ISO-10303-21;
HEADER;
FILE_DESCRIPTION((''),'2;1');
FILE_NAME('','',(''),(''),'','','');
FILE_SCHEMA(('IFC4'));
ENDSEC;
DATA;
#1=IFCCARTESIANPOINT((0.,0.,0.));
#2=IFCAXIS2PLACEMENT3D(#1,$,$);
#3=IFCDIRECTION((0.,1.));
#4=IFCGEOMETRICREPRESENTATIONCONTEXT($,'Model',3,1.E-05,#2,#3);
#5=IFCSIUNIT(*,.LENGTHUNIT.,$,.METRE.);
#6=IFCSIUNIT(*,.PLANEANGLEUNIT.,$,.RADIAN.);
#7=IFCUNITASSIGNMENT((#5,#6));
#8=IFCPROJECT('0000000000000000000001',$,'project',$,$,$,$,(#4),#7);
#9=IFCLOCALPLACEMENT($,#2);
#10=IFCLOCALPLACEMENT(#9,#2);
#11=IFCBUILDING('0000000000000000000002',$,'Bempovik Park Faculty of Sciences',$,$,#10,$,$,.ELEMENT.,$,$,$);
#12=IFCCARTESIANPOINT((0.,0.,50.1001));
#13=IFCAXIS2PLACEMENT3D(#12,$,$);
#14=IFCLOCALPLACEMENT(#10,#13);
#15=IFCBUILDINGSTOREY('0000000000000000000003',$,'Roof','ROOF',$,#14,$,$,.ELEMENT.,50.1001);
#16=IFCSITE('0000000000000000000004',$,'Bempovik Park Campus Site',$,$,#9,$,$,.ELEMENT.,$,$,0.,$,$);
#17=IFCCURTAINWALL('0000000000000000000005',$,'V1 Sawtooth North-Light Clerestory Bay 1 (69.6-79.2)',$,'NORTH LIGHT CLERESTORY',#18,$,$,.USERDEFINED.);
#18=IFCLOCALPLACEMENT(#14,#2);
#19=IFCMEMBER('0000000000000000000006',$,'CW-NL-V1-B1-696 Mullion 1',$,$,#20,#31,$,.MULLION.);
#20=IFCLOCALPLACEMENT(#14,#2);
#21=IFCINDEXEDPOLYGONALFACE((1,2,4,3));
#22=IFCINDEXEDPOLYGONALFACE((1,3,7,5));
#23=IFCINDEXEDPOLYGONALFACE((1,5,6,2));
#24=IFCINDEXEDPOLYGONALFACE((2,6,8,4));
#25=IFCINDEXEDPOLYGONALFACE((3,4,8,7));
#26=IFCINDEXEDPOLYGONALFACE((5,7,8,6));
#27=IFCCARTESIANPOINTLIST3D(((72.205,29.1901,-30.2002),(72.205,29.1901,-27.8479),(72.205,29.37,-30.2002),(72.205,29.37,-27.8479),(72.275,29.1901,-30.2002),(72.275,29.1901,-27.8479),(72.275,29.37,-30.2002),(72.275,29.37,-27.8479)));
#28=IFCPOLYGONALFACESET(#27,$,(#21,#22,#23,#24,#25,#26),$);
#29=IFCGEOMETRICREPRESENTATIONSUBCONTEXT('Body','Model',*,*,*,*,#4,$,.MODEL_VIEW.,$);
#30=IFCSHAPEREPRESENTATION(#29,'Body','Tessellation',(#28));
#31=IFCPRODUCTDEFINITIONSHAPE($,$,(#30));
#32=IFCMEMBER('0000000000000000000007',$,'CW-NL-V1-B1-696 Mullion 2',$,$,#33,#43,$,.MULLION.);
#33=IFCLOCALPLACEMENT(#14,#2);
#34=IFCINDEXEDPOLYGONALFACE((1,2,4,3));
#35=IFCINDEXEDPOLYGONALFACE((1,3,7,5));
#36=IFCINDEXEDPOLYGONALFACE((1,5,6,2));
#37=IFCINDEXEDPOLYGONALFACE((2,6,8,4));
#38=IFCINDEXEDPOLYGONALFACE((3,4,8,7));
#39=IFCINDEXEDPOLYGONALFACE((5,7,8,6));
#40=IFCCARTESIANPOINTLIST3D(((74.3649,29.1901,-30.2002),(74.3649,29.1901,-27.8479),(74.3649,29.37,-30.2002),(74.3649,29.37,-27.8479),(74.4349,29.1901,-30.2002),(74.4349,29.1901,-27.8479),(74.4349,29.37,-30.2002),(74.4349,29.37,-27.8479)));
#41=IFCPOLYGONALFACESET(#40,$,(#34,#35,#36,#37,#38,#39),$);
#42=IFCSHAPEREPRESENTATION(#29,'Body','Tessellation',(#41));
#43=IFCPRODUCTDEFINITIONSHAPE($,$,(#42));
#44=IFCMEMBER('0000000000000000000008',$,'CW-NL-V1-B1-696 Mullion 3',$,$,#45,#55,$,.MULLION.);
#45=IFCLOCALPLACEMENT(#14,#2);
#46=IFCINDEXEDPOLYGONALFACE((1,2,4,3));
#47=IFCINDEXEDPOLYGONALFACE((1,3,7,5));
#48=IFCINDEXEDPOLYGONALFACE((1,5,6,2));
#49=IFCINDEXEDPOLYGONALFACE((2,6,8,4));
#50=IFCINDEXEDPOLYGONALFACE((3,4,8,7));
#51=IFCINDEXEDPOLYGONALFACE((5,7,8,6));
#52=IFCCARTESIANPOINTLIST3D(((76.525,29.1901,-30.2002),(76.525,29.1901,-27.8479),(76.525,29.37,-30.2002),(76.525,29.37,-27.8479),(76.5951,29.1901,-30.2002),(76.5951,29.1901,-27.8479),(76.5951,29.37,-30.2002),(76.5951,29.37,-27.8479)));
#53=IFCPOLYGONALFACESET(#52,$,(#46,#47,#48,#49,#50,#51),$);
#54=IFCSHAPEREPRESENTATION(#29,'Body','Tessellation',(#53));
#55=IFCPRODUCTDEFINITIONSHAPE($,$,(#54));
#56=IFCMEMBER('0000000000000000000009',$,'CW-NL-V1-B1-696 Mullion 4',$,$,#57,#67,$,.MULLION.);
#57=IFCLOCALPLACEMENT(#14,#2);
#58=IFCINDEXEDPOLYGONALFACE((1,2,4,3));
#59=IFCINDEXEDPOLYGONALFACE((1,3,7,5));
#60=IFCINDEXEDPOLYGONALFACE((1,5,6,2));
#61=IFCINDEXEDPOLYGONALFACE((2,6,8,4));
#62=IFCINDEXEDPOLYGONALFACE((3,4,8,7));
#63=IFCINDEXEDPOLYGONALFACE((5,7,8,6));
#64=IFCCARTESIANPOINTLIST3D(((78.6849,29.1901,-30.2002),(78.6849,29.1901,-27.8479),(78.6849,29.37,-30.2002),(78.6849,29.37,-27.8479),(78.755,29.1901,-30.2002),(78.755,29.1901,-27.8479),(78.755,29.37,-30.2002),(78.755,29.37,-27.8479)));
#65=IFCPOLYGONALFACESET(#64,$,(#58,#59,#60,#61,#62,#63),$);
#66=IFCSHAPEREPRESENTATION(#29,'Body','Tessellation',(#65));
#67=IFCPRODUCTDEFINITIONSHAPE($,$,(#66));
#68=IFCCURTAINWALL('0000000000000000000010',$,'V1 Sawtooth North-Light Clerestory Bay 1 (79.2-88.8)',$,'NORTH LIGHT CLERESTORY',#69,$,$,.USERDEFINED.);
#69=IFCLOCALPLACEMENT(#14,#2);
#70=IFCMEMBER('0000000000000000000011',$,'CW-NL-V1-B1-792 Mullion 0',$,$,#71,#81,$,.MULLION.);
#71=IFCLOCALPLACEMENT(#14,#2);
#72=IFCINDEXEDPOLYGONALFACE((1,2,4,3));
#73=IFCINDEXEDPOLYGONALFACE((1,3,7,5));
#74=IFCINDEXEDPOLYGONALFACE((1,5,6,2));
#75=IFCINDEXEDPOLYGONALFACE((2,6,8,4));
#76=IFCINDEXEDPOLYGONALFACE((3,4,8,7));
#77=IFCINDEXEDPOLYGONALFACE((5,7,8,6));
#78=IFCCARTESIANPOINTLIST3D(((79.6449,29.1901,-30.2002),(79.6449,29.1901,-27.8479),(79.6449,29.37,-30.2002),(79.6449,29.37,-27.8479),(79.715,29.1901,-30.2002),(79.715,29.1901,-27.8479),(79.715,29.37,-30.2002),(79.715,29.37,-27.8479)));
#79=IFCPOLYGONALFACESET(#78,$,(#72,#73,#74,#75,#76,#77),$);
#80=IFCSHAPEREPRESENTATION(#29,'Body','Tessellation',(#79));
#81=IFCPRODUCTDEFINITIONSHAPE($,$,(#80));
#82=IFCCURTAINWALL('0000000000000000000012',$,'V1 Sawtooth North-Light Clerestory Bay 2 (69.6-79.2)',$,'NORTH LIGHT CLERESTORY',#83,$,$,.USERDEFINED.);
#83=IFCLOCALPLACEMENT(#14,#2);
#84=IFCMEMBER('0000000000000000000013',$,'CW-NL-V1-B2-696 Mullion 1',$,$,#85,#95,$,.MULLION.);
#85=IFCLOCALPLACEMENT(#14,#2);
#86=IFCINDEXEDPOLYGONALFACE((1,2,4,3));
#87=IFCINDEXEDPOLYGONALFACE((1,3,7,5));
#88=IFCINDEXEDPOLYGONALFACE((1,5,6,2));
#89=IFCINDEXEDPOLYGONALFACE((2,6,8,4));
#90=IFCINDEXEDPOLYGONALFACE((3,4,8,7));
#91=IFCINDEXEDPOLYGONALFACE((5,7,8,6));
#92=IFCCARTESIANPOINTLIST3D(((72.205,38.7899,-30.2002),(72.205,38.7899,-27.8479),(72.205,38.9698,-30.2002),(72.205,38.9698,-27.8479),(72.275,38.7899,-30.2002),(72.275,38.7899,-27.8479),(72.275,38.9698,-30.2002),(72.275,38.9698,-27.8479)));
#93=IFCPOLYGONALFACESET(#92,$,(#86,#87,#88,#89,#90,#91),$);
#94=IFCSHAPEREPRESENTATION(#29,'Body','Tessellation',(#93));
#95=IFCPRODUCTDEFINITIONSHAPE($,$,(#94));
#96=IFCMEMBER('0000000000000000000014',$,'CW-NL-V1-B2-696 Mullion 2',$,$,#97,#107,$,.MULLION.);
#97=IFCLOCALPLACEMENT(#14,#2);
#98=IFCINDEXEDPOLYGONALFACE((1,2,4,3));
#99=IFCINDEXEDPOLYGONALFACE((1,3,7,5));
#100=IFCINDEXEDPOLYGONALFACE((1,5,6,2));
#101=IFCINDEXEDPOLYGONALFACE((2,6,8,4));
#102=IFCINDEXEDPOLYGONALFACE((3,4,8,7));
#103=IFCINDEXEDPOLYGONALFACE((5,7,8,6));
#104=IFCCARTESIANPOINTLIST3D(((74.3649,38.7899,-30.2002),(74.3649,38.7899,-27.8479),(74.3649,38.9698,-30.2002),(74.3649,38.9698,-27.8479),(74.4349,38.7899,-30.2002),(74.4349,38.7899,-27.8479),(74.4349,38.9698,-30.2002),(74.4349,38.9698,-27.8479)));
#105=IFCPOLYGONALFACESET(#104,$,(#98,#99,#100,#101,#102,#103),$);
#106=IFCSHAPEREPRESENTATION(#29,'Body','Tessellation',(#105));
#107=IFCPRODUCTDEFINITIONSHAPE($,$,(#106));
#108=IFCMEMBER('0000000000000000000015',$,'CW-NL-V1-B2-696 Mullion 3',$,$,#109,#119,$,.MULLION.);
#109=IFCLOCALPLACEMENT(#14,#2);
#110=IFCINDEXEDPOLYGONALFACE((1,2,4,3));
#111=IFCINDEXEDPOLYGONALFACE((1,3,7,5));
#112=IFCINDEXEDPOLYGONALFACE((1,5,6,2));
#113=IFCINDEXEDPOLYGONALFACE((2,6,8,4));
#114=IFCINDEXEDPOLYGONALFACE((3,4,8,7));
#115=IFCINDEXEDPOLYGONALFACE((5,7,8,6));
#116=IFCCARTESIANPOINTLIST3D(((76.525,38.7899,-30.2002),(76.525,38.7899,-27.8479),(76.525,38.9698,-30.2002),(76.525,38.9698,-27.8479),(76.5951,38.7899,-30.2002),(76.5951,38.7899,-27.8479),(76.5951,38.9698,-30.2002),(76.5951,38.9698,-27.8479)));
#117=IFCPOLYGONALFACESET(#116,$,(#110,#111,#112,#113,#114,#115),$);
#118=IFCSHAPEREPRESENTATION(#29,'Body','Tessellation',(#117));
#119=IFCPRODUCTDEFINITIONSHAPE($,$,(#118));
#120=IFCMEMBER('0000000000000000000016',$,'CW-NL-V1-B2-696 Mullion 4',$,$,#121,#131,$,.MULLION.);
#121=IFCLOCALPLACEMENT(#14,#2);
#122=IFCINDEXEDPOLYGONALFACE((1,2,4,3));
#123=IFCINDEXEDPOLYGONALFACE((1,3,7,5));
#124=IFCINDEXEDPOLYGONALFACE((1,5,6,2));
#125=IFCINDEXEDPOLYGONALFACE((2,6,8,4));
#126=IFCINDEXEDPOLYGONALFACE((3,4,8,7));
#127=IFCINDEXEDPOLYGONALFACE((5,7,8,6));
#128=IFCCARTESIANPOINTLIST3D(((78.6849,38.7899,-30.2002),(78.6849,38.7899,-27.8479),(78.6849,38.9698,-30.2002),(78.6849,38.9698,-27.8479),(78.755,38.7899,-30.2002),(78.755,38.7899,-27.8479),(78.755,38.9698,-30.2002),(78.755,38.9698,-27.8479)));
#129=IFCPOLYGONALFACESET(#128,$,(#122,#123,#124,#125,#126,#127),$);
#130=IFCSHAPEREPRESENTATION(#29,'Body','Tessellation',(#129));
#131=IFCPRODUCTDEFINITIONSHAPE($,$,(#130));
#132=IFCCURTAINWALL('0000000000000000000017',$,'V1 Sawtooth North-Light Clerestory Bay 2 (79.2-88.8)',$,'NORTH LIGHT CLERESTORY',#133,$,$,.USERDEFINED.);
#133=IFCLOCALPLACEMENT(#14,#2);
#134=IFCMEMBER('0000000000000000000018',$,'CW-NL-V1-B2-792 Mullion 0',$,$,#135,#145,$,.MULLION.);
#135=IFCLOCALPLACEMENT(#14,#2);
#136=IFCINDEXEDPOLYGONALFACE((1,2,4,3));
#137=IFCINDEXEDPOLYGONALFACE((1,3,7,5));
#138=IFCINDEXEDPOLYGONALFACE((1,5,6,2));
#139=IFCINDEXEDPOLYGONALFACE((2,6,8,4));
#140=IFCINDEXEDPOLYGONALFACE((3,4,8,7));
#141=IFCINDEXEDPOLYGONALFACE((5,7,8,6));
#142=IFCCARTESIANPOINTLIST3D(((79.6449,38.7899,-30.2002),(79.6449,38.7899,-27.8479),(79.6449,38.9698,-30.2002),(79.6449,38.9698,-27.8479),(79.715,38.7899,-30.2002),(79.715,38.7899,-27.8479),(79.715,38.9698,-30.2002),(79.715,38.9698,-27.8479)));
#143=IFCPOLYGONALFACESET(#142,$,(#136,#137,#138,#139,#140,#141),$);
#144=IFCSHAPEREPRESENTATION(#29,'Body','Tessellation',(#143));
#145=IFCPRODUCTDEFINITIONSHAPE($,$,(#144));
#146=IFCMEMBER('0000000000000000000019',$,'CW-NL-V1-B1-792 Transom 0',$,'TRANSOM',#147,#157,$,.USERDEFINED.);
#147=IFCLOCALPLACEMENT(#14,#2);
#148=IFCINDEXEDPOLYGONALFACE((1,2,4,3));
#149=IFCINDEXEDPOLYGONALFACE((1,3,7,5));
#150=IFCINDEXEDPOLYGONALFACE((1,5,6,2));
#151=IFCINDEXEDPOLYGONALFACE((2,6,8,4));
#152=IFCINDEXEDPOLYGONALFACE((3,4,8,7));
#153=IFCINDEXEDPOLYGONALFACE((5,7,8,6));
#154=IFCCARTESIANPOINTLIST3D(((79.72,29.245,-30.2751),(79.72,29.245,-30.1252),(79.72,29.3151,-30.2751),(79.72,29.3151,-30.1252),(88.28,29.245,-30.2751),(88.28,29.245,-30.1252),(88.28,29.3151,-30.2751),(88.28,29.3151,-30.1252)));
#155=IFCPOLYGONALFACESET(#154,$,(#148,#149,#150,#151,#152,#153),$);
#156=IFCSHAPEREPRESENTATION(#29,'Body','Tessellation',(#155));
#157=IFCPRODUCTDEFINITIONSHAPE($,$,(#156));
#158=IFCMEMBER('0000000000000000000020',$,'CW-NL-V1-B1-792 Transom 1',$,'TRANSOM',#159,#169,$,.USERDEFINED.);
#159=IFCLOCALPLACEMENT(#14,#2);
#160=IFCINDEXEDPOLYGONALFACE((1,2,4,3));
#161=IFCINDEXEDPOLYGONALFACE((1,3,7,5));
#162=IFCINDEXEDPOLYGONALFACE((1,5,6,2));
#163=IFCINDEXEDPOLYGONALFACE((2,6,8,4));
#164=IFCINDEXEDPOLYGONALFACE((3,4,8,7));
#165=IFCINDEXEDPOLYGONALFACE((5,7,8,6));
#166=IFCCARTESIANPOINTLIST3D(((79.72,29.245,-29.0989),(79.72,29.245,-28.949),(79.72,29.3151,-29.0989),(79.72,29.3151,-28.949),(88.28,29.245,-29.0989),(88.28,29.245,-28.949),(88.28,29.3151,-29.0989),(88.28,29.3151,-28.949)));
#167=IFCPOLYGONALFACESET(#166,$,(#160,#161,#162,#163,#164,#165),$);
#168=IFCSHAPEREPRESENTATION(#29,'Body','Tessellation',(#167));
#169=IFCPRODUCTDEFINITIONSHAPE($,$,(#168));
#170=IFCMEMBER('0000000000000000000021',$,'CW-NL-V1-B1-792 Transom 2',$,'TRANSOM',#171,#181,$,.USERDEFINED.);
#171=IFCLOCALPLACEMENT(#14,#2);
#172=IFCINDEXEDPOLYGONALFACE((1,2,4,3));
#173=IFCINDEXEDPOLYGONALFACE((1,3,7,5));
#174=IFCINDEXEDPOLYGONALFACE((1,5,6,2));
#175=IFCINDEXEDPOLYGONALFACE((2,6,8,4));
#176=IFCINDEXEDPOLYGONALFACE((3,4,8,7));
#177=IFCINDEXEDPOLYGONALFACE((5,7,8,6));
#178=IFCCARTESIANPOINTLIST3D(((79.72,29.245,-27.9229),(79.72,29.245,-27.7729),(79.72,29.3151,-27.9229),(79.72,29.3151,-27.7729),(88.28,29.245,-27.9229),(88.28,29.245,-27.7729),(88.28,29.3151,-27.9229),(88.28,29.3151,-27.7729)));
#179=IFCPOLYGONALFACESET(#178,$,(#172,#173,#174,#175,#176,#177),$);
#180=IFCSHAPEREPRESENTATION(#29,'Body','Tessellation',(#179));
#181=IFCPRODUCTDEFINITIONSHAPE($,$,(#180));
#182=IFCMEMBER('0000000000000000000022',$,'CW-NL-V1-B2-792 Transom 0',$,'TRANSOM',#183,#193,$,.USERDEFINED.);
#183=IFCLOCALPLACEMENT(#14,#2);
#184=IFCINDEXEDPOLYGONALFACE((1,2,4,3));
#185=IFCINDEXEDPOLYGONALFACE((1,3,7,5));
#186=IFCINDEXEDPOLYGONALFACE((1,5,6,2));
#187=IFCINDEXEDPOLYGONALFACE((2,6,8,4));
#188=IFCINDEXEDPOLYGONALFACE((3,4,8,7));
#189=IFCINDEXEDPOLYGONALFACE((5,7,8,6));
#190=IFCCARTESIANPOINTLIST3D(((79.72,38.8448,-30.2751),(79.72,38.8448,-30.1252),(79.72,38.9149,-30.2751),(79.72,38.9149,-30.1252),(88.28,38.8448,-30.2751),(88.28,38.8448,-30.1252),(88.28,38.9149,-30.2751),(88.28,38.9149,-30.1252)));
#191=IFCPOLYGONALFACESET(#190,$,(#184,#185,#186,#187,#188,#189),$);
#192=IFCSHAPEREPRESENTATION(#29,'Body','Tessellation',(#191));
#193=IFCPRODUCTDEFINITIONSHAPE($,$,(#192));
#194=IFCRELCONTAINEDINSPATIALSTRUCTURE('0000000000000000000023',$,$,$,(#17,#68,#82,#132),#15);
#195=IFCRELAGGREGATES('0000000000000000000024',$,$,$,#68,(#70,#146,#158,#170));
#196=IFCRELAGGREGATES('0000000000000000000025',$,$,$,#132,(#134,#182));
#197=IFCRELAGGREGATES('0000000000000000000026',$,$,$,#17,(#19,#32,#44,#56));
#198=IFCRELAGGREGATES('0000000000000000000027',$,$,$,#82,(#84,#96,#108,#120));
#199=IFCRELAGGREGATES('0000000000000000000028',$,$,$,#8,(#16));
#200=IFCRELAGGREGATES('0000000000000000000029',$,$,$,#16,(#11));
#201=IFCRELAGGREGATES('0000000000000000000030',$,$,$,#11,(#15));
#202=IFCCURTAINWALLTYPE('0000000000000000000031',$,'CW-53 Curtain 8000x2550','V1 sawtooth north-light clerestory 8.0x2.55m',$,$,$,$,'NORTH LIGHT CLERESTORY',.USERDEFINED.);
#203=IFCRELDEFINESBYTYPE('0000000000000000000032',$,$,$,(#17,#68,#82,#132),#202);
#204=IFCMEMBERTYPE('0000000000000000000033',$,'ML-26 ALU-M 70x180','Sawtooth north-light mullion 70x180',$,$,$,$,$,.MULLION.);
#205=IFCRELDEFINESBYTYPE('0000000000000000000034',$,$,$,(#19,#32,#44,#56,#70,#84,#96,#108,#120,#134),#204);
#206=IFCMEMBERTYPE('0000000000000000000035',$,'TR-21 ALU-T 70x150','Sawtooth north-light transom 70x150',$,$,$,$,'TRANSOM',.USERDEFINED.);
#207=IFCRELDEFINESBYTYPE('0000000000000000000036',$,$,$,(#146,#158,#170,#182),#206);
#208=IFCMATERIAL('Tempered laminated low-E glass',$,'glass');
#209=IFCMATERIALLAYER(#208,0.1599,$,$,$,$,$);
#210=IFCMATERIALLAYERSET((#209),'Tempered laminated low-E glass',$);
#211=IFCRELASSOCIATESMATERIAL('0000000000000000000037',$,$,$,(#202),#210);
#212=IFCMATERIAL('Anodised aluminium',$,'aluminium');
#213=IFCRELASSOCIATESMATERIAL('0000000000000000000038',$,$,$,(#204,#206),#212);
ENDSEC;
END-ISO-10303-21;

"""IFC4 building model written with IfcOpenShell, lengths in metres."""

from ifc_helpers import new_model, si_unit, direction, frame, origin, origin_2d, place, context, subcontext, project, spatial, rectangle, extrude, material, layer, layer_set, material_profile, profile_set, type_object, element, aggregate, save


model = new_model("IFC4")

# Units and contexts
model_context = context("Model", 3, precision=1e-05, world=origin(), true_north=direction((0.0, 1.0)))
body_context = subcontext(model_context, "Body", "Model", "MODEL_VIEW")
ifc_project = project(units=[si_unit("LENGTHUNIT", "METRE"), si_unit("PLANEANGLEUNIT", "RADIAN")], contexts=[model_context])

# Site, building, storey
site_placement = place(None, origin())
site = spatial("IfcSite", under=ifc_project, at=site_placement, Name="Bempovik Park Campus Site", CompositionType="ELEMENT", RefElevation=0.0)
building_placement = place(site_placement, origin())
building = spatial("IfcBuilding", under=site, at=building_placement, Name="Bempovik Park Faculty of Sciences", CompositionType="ELEMENT")
storey_placement = place(building_placement, frame((0.0, 0.0, 50.1001)))
storey = spatial("IfcBuildingStorey", under=building, at=storey_placement, Name="Roof", Description="ROOF", CompositionType="ELEMENT", Elevation=50.1001)

# Curtain wall, members
ifc_material_1 = material(Name="Tempered laminated low-E glass", Category="glass")
ifc_layer_1 = layer(ifc_material_1, 0.1599)
ifc_layer_set_1 = layer_set([ifc_layer_1], Name="Tempered laminated low-E glass")
curtain_wall_type = type_object("IfcCurtainWallType", Name="CW-53 Curtain 8000x2550", Description="V1 sawtooth north-light clerestory 8.0x2.55m", ElementType="NORTH LIGHT CLERESTORY", PredefinedType="USERDEFINED", material=ifc_layer_set_1)
curtain_wall_1_placement = place(storey_placement, origin())
curtain_wall_1 = element("IfcCurtainWall", 1, at=curtain_wall_1_placement, inside=storey, type_object=curtain_wall_type, Name="V1 Sawtooth North-Light Clerestory Bay 1 (69.6-79.2)", ObjectType="NORTH LIGHT CLERESTORY", PredefinedType="USERDEFINED")
ifc_material_2 = material(Name="Anodised aluminium", Category="aluminium")
ifc_material_profile_1 = material_profile(ifc_material_2, rectangle(XDim=0.0701, YDim=0.1799, at=origin_2d()), Name="ALU-M 70x180")
ifc_profile_set_1 = profile_set([ifc_material_profile_1], Name="Anodised aluminium")
member_type_1 = type_object("IfcMemberType", Name="ML-26 ALU-M 70x180", Description="Sawtooth north-light mullion 70x180", PredefinedType="MULLION", material=ifc_profile_set_1)
member_1_placement = place(storey_placement, frame((72.24, 29.28, -30.2002), z_axis=(0.0, 0.0, 1.0), x_axis=(1.0, 0.0, 0.0)))
member_1 = element("IfcMember", 2, at=member_1_placement, type_object=member_type_1, Name="CW-NL-V1-B1-696 Mullion 1", PredefinedType="MULLION", context=body_context, shape_type="SweptSolid", body=[
    extrude(rectangle(XDim=0.0701, YDim=0.1799, at=origin_2d()), origin(), (0.0, 0.0, 1.0), 2.3523),
])
member_2_placement = place(storey_placement, frame((74.3999, 29.28, -30.2002), z_axis=(0.0, 0.0, 1.0), x_axis=(1.0, 0.0, 0.0)))
member_2 = element("IfcMember", 3, at=member_2_placement, type_object=member_type_1, Name="CW-NL-V1-B1-696 Mullion 2", PredefinedType="MULLION", context=body_context, shape_type="SweptSolid", body=[
    extrude(rectangle(XDim=0.0701, YDim=0.1799, at=origin_2d()), origin(), (0.0, 0.0, 1.0), 2.3523),
])
member_3_placement = place(storey_placement, frame((76.5601, 29.28, -30.2002), z_axis=(0.0, 0.0, 1.0), x_axis=(1.0, 0.0, 0.0)))
member_3 = element("IfcMember", 4, at=member_3_placement, type_object=member_type_1, Name="CW-NL-V1-B1-696 Mullion 3", PredefinedType="MULLION", context=body_context, shape_type="SweptSolid", body=[
    extrude(rectangle(XDim=0.0701, YDim=0.1799, at=origin_2d()), origin(), (0.0, 0.0, 1.0), 2.3523),
])
member_4_placement = place(storey_placement, frame((78.72, 29.28, -30.2002), z_axis=(0.0, 0.0, 1.0), x_axis=(1.0, 0.0, 0.0)))
member_4 = element("IfcMember", 5, at=member_4_placement, type_object=member_type_1, Name="CW-NL-V1-B1-696 Mullion 4", PredefinedType="MULLION", context=body_context, shape_type="SweptSolid", body=[
    extrude(rectangle(XDim=0.0701, YDim=0.1799, at=origin_2d()), origin(), (0.0, 0.0, 1.0), 2.3523),
])

# Curtain wall, member
curtain_wall_2_placement = place(storey_placement, origin())
curtain_wall_2 = element("IfcCurtainWall", 6, at=curtain_wall_2_placement, inside=storey, type_object=curtain_wall_type, Name="V1 Sawtooth North-Light Clerestory Bay 1 (79.2-88.8)", ObjectType="NORTH LIGHT CLERESTORY", PredefinedType="USERDEFINED")
member_5_placement = place(storey_placement, frame((79.6799, 29.28, -30.2002), z_axis=(0.0, 0.0, 1.0), x_axis=(1.0, 0.0, 0.0)))
member_5 = element("IfcMember", 7, at=member_5_placement, type_object=member_type_1, Name="CW-NL-V1-B1-792 Mullion 0", PredefinedType="MULLION", context=body_context, shape_type="SweptSolid", body=[
    extrude(rectangle(XDim=0.0701, YDim=0.1799, at=origin_2d()), origin(), (0.0, 0.0, 1.0), 2.3523),
])

# Curtain wall, members
curtain_wall_3_placement = place(storey_placement, origin())
curtain_wall_3 = element("IfcCurtainWall", 8, at=curtain_wall_3_placement, inside=storey, type_object=curtain_wall_type, Name="V1 Sawtooth North-Light Clerestory Bay 2 (69.6-79.2)", ObjectType="NORTH LIGHT CLERESTORY", PredefinedType="USERDEFINED")
member_6_placement = place(storey_placement, frame((72.24, 38.8799, -30.2002), z_axis=(0.0, 0.0, 1.0), x_axis=(1.0, 0.0, 0.0)))
member_6 = element("IfcMember", 9, at=member_6_placement, type_object=member_type_1, Name="CW-NL-V1-B2-696 Mullion 1", PredefinedType="MULLION", context=body_context, shape_type="SweptSolid", body=[
    extrude(rectangle(XDim=0.0701, YDim=0.1799, at=origin_2d()), origin(), (0.0, 0.0, 1.0), 2.3523),
])
member_7_placement = place(storey_placement, frame((74.3999, 38.8799, -30.2002), z_axis=(0.0, 0.0, 1.0), x_axis=(1.0, 0.0, 0.0)))
member_7 = element("IfcMember", 10, at=member_7_placement, type_object=member_type_1, Name="CW-NL-V1-B2-696 Mullion 2", PredefinedType="MULLION", context=body_context, shape_type="SweptSolid", body=[
    extrude(rectangle(XDim=0.0701, YDim=0.1799, at=origin_2d()), origin(), (0.0, 0.0, 1.0), 2.3523),
])
member_8_placement = place(storey_placement, frame((76.5601, 38.8799, -30.2002), z_axis=(0.0, 0.0, 1.0), x_axis=(1.0, 0.0, 0.0)))
member_8 = element("IfcMember", 11, at=member_8_placement, type_object=member_type_1, Name="CW-NL-V1-B2-696 Mullion 3", PredefinedType="MULLION", context=body_context, shape_type="SweptSolid", body=[
    extrude(rectangle(XDim=0.0701, YDim=0.1799, at=origin_2d()), origin(), (0.0, 0.0, 1.0), 2.3523),
])
member_9_placement = place(storey_placement, frame((78.72, 38.8799, -30.2002), z_axis=(0.0, 0.0, 1.0), x_axis=(1.0, 0.0, 0.0)))
member_9 = element("IfcMember", 12, at=member_9_placement, type_object=member_type_1, Name="CW-NL-V1-B2-696 Mullion 4", PredefinedType="MULLION", context=body_context, shape_type="SweptSolid", body=[
    extrude(rectangle(XDim=0.0701, YDim=0.1799, at=origin_2d()), origin(), (0.0, 0.0, 1.0), 2.3523),
])

# Curtain wall, member
curtain_wall_4_placement = place(storey_placement, origin())
curtain_wall_4 = element("IfcCurtainWall", 13, at=curtain_wall_4_placement, inside=storey, type_object=curtain_wall_type, Name="V1 Sawtooth North-Light Clerestory Bay 2 (79.2-88.8)", ObjectType="NORTH LIGHT CLERESTORY", PredefinedType="USERDEFINED")
member_10_placement = place(storey_placement, frame((79.6799, 38.8799, -30.2002), z_axis=(0.0, 0.0, 1.0), x_axis=(1.0, 0.0, 0.0)))
member_10 = element("IfcMember", 14, at=member_10_placement, type_object=member_type_1, Name="CW-NL-V1-B2-792 Mullion 0", PredefinedType="MULLION", context=body_context, shape_type="SweptSolid", body=[
    extrude(rectangle(XDim=0.0701, YDim=0.1799, at=origin_2d()), origin(), (0.0, 0.0, 1.0), 2.3523),
])

# Members
ifc_material_profile_2 = material_profile(ifc_material_2, rectangle(XDim=0.0701, YDim=0.1499, at=origin_2d()), Name="ALU-T 70x150")
ifc_profile_set_2 = profile_set([ifc_material_profile_2], Name="Anodised aluminium")
member_type_2 = type_object("IfcMemberType", Name="TR-21 ALU-T 70x150", Description="Sawtooth north-light transom 70x150", ElementType="TRANSOM", PredefinedType="USERDEFINED", material=ifc_profile_set_2)
member_11_placement = place(storey_placement, frame((79.72, 29.28, -30.2002), z_axis=(1.0, 0.0, 0.0), x_axis=(0.0, 1.0, 0.0)))
member_11 = element("IfcMember", 15, at=member_11_placement, type_object=member_type_2, Name="CW-NL-V1-B1-792 Transom 0", ObjectType="TRANSOM", PredefinedType="USERDEFINED", context=body_context, shape_type="SweptSolid", body=[
    extrude(rectangle(XDim=0.0701, YDim=0.1499, at=origin_2d()), origin(), (0.0, 0.0, 1.0), 8.5601),
])
member_12_placement = place(storey_placement, frame((79.72, 29.28, -29.0239), z_axis=(1.0, 0.0, 0.0), x_axis=(0.0, 1.0, 0.0)))
member_12 = element("IfcMember", 16, at=member_12_placement, type_object=member_type_2, Name="CW-NL-V1-B1-792 Transom 1", ObjectType="TRANSOM", PredefinedType="USERDEFINED", context=body_context, shape_type="SweptSolid", body=[
    extrude(rectangle(XDim=0.0701, YDim=0.1499, at=origin_2d()), origin(), (0.0, 0.0, 1.0), 8.5601),
])
member_13_placement = place(storey_placement, frame((79.72, 29.28, -27.8479), z_axis=(1.0, 0.0, 0.0), x_axis=(0.0, 1.0, 0.0)))
member_13 = element("IfcMember", 17, at=member_13_placement, type_object=member_type_2, Name="CW-NL-V1-B1-792 Transom 2", ObjectType="TRANSOM", PredefinedType="USERDEFINED", context=body_context, shape_type="SweptSolid", body=[
    extrude(rectangle(XDim=0.0701, YDim=0.1499, at=origin_2d()), origin(), (0.0, 0.0, 1.0), 8.5601),
])
aggregate(curtain_wall_2, [member_5, member_11, member_12, member_13])
member_14_placement = place(storey_placement, frame((79.72, 38.8799, -30.2002), z_axis=(1.0, 0.0, 0.0), x_axis=(0.0, 1.0, 0.0)))
member_14 = element("IfcMember", 18, at=member_14_placement, type_object=member_type_2, Name="CW-NL-V1-B2-792 Transom 0", ObjectType="TRANSOM", PredefinedType="USERDEFINED", context=body_context, shape_type="SweptSolid", body=[
    extrude(rectangle(XDim=0.0701, YDim=0.1499, at=origin_2d()), origin(), (0.0, 0.0, 1.0), 8.5601),
])
aggregate(curtain_wall_4, [member_10, member_14])

aggregate(curtain_wall_1, [member_1, member_2, member_3, member_4])
aggregate(curtain_wall_3, [member_6, member_7, member_8, member_9])

save(model, "model.ifc")
